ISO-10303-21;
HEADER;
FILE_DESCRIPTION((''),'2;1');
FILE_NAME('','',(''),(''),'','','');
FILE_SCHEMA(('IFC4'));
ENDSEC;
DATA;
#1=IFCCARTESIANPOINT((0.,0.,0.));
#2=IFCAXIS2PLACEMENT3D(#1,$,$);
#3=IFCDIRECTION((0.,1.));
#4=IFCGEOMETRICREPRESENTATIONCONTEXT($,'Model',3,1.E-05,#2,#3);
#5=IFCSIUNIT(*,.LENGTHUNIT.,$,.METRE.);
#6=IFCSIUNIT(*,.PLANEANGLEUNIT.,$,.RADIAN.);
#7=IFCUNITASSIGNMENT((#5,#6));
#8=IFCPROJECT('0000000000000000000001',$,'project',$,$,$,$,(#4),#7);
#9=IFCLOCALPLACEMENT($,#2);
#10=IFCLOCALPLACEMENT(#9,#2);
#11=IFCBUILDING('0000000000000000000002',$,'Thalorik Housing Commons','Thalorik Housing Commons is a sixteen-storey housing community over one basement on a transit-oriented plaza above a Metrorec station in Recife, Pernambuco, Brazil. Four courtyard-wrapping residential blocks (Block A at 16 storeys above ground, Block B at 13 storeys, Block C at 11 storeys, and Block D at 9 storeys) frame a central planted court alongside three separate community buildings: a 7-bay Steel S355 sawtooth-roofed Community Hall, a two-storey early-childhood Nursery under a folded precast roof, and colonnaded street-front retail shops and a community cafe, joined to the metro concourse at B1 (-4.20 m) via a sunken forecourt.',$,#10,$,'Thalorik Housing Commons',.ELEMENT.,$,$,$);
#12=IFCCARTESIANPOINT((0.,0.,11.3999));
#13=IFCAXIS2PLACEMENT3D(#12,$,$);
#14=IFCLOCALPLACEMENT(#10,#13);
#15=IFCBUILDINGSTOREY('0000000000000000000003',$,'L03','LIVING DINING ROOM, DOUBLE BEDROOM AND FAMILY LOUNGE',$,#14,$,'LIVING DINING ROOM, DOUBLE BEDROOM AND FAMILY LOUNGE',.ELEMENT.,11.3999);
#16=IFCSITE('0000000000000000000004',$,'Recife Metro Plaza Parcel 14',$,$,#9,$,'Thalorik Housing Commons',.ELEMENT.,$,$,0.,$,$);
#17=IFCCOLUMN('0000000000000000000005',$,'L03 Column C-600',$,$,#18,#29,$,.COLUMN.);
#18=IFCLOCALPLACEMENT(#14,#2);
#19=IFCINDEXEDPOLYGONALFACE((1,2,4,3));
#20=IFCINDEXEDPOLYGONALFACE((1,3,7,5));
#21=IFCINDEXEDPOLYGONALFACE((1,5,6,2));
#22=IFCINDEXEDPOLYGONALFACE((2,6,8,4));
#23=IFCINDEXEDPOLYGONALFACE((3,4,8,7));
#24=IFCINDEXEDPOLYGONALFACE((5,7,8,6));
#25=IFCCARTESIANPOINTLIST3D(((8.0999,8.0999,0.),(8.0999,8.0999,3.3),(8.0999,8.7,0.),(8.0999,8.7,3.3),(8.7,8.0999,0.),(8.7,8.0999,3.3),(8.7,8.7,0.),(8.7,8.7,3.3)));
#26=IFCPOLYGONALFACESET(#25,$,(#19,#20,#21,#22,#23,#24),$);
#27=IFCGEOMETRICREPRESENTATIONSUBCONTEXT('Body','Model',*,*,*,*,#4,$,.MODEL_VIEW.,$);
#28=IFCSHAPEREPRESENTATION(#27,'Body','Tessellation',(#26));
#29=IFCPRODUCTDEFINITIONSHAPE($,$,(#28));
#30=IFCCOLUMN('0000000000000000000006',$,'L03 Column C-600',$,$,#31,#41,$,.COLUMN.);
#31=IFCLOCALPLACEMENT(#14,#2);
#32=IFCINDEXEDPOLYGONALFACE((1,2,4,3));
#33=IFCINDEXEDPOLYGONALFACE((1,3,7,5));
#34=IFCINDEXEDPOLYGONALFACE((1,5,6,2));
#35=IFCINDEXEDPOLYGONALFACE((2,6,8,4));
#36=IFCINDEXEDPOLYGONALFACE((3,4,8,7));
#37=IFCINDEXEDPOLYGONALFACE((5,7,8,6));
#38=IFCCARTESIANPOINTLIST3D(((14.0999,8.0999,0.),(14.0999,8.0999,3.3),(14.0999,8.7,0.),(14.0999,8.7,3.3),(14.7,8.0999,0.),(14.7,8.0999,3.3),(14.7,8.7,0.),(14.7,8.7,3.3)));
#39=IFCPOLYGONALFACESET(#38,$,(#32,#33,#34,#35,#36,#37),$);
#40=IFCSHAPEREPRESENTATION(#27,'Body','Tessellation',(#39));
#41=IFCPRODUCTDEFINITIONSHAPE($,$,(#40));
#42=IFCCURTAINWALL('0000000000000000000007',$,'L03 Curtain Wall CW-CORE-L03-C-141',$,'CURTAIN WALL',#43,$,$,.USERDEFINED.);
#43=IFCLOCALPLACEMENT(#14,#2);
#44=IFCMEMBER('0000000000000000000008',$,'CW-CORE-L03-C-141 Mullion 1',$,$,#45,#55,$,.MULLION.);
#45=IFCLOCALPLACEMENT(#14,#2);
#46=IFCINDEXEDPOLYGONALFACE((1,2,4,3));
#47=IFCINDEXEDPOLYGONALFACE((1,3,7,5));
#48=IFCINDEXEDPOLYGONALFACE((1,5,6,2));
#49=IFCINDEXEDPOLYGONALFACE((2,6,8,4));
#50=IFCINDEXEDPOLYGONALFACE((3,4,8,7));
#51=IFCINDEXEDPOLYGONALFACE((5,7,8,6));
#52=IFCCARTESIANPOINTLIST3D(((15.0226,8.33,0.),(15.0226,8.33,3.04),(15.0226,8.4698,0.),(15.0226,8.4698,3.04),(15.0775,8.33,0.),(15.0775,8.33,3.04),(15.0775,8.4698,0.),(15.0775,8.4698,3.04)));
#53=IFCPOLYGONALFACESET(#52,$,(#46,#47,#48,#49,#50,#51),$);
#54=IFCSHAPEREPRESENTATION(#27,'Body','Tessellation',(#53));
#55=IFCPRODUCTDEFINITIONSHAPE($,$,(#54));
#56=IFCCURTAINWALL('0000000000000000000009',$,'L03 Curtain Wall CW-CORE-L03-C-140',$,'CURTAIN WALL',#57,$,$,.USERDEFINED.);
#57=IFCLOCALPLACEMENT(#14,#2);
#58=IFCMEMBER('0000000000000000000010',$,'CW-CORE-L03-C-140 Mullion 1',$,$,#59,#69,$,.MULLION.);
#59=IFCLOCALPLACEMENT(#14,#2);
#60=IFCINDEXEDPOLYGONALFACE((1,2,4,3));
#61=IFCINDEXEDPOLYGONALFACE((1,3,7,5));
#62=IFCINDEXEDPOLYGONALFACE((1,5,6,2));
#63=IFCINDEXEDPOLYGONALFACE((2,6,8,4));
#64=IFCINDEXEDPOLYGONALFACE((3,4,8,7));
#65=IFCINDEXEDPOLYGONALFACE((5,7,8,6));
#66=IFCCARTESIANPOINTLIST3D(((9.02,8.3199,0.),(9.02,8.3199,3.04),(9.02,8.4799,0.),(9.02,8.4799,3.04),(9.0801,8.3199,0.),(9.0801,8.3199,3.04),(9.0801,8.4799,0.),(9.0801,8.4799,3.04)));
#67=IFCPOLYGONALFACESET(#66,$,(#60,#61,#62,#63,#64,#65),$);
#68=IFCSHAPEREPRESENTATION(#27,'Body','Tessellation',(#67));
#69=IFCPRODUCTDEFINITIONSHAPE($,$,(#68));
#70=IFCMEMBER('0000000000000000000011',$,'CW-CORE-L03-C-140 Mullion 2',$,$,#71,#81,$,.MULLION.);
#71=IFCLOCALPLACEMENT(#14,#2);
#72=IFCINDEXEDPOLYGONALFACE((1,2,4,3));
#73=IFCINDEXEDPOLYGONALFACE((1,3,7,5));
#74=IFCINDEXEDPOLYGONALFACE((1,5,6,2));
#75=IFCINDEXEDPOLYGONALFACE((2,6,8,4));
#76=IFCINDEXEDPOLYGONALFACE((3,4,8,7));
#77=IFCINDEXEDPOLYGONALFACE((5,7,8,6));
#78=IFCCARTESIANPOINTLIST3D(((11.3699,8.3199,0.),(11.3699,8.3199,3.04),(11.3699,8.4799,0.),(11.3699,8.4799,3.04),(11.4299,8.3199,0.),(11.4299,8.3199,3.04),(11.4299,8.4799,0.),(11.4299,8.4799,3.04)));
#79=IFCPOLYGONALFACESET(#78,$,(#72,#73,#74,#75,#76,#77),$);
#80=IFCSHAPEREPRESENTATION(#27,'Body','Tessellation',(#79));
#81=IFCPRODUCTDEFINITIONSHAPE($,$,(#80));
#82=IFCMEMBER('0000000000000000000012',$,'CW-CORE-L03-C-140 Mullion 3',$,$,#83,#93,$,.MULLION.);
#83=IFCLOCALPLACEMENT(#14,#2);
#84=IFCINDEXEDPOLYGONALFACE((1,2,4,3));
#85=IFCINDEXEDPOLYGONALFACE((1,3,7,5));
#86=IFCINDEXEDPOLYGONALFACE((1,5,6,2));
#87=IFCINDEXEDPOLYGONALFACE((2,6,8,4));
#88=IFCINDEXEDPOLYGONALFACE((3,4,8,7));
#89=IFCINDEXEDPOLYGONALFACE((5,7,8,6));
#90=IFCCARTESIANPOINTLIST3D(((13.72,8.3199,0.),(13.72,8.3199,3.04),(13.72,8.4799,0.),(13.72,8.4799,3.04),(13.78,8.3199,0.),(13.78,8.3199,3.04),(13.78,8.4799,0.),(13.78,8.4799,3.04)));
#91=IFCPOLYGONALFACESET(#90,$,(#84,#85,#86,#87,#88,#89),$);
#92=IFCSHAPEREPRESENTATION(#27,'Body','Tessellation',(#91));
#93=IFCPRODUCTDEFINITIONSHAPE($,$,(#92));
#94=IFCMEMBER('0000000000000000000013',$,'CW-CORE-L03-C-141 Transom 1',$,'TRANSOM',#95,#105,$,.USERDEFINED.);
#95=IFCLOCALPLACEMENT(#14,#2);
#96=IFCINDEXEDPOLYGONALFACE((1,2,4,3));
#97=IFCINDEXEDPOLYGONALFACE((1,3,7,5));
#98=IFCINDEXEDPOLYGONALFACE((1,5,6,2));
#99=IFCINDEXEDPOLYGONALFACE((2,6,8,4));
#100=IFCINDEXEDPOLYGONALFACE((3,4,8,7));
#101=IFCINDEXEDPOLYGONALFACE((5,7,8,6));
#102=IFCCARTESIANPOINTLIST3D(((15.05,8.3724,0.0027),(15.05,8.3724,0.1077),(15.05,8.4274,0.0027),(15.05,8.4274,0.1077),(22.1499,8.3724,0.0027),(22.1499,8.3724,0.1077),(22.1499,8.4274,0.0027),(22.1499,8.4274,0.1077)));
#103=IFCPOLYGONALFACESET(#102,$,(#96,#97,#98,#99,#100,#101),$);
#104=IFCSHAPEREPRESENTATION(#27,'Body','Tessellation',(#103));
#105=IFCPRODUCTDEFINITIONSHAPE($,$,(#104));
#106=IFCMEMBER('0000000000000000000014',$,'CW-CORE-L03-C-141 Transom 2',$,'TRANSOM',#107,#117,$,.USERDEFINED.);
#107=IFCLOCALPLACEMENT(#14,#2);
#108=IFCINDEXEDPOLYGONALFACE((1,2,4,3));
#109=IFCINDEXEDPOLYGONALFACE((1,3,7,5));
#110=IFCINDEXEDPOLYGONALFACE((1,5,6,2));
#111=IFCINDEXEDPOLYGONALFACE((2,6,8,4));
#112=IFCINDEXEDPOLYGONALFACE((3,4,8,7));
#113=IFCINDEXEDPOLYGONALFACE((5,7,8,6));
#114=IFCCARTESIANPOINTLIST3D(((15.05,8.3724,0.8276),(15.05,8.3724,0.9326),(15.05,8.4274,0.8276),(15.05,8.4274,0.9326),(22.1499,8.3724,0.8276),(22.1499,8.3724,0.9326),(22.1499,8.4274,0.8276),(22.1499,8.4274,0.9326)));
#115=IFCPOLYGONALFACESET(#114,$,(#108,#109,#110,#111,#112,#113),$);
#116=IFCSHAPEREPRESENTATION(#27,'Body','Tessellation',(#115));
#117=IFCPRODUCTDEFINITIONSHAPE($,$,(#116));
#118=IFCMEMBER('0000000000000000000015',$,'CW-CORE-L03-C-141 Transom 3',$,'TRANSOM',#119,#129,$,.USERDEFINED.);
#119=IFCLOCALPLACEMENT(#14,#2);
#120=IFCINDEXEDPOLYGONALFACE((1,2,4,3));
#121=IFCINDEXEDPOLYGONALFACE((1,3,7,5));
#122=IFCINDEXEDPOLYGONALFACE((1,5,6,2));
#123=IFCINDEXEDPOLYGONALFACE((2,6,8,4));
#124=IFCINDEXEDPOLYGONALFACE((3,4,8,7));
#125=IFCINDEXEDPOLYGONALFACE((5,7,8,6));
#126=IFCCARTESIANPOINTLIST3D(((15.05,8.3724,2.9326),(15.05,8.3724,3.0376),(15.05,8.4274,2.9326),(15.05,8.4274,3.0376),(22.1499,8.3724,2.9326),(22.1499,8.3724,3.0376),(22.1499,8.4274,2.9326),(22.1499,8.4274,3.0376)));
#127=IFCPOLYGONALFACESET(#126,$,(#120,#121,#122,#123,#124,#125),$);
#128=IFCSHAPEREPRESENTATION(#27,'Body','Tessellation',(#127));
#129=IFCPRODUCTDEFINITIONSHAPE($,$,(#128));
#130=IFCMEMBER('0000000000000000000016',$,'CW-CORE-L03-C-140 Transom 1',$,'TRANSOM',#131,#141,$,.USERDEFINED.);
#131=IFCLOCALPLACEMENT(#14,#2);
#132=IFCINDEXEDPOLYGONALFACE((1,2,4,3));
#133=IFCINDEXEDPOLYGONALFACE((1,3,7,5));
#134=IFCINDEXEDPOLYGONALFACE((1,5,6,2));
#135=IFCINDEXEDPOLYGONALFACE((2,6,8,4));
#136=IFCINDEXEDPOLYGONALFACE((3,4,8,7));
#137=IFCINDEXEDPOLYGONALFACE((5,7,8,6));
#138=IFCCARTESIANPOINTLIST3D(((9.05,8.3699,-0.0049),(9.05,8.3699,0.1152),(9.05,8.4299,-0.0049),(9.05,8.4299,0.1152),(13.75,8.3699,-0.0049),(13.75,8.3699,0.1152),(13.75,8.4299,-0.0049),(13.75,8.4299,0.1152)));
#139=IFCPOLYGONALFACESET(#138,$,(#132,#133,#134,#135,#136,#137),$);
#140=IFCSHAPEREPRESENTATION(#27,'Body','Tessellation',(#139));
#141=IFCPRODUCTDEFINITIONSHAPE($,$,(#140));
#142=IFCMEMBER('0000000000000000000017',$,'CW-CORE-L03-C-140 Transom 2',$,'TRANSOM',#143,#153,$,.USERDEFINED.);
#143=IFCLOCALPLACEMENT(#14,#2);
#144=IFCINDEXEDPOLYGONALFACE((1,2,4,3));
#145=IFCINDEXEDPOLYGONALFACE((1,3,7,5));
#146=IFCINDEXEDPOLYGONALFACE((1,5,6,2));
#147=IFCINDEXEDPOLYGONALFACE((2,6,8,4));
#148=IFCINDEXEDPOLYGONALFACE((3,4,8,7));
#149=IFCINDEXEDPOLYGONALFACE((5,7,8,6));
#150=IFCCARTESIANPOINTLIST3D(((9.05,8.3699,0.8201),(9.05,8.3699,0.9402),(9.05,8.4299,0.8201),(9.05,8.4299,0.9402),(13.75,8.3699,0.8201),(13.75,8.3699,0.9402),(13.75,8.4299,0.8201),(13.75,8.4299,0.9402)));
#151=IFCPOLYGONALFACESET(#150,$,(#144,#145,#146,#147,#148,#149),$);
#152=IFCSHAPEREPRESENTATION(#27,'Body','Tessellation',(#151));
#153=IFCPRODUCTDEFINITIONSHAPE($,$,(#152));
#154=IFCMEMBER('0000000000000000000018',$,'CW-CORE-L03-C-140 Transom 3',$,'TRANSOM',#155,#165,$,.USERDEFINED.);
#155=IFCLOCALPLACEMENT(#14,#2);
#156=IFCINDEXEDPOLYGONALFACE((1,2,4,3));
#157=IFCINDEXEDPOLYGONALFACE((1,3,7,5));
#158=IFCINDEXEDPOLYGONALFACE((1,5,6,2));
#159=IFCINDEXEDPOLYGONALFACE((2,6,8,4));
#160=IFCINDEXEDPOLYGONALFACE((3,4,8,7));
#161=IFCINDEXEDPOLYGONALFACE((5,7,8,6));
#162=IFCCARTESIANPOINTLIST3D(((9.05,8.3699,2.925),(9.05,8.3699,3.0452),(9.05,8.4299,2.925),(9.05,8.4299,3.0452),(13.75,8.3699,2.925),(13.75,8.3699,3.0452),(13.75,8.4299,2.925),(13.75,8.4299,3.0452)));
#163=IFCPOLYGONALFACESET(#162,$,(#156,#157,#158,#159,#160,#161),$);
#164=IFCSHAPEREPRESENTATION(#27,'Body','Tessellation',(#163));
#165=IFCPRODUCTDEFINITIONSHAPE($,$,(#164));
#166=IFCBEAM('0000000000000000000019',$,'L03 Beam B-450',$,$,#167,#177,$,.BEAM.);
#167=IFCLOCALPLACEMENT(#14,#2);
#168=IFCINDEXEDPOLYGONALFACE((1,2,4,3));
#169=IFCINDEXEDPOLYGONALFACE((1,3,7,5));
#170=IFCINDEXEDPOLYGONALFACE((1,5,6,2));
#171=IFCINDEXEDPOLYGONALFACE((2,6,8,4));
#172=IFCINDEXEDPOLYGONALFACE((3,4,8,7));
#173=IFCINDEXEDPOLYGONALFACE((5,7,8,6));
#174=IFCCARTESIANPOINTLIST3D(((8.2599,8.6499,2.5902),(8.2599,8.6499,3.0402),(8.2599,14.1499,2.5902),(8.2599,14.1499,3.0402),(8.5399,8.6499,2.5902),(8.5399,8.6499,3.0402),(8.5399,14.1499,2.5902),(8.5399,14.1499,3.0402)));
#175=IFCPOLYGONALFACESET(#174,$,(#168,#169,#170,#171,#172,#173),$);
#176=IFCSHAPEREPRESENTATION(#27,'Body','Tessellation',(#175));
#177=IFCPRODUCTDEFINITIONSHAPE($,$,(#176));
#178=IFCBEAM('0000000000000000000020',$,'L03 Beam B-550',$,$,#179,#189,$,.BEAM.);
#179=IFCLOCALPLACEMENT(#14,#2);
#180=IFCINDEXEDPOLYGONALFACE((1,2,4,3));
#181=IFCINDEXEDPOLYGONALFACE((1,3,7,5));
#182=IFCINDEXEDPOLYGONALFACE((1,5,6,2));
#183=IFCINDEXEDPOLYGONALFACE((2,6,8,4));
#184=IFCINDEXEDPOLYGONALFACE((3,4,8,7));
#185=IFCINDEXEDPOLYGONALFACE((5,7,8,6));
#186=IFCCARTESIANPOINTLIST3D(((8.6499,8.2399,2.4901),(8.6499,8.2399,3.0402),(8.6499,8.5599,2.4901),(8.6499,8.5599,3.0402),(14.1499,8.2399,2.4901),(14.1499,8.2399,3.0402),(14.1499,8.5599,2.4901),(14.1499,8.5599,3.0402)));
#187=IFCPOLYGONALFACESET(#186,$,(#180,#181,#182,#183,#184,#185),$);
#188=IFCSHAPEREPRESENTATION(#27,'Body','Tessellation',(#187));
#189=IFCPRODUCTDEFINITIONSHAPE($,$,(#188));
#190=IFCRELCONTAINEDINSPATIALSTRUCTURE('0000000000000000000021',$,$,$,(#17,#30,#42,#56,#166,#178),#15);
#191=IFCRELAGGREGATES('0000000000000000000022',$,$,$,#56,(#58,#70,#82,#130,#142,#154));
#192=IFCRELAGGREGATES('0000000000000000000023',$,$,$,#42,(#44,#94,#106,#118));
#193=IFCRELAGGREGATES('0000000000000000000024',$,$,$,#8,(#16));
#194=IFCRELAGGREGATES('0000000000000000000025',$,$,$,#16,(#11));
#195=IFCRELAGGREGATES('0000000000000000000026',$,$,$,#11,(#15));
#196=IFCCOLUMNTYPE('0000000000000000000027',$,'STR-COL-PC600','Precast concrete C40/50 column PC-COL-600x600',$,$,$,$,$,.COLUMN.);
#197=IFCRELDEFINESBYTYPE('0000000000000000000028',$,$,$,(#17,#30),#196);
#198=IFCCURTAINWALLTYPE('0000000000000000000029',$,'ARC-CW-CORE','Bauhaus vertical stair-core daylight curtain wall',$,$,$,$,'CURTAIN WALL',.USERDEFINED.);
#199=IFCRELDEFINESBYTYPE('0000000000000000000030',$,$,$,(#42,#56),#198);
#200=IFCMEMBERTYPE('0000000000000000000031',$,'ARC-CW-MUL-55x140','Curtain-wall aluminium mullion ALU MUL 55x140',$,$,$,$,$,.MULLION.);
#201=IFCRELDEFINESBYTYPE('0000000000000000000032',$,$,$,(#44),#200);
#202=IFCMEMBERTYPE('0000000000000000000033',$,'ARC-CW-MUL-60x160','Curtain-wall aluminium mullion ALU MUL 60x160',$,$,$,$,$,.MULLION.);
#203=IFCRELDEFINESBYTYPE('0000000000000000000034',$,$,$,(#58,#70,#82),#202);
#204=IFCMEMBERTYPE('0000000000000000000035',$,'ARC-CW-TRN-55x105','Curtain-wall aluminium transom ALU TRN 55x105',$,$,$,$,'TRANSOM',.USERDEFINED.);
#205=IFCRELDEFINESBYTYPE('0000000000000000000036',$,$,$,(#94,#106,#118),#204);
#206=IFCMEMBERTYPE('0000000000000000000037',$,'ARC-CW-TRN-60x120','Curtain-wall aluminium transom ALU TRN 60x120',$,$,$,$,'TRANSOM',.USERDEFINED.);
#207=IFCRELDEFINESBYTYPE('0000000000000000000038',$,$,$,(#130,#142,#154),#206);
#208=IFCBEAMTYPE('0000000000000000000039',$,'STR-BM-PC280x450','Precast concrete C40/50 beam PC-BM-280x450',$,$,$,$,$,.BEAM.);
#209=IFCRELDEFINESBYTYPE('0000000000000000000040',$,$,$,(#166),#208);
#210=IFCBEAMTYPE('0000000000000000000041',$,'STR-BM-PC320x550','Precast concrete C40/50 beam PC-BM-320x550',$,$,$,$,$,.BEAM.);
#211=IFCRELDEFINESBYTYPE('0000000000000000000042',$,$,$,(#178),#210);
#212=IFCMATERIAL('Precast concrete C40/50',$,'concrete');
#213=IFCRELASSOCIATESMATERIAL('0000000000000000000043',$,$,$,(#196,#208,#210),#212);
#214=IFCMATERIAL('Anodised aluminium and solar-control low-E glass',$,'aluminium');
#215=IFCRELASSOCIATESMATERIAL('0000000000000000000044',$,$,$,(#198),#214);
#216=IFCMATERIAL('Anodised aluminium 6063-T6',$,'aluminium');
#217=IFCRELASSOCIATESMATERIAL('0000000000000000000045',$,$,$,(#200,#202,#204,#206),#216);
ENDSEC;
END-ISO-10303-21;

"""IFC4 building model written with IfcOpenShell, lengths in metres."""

from ifc_helpers import new_model, si_unit, direction, frame, origin, origin_2d, place, context, subcontext, project, spatial, rectangle, extrude, material, material_profile, profile_set, type_object, element, aggregate, save


model = new_model("IFC4")

# Units and contexts
model_context = context("Model", 3, precision=1e-05, world=origin(), true_north=direction((0.0, 1.0)))
body_context = subcontext(model_context, "Body", "Model", "MODEL_VIEW")
ifc_project = project(units=[si_unit("LENGTHUNIT", "METRE"), si_unit("PLANEANGLEUNIT", "RADIAN")], contexts=[model_context])

# Site, building, storey
site_placement = place(None, origin())
site = spatial("IfcSite", under=ifc_project, at=site_placement, Name="Recife Metro Plaza Parcel 14", LongName="Thalorik Housing Commons", CompositionType="ELEMENT", RefElevation=0.0)
building_placement = place(site_placement, origin())
building = spatial("IfcBuilding", under=site, at=building_placement, Name="Thalorik Housing Commons", Description="Thalorik Housing Commons is a sixteen-storey housing community over one basement on a transit-oriented plaza above a Metrorec station in Recife, Pernambuco, Brazil. Four courtyard-wrapping residential blocks (Block A at 16 storeys above ground, Block B at 13 storeys, Block C at 11 storeys, and Block D at 9 storeys) frame a central planted court alongside three separate community buildings: a 7-bay Steel S355 sawtooth-roofed Community Hall, a two-storey early-childhood Nursery under a folded precast roof, and colonnaded street-front retail shops and a community cafe, joined to the metro concourse at B1 (-4.20 m) via a sunken forecourt.", LongName="Thalorik Housing Commons", CompositionType="ELEMENT")
storey_placement = place(building_placement, frame((0.0, 0.0, 11.3999)))
storey = spatial("IfcBuildingStorey", under=building, at=storey_placement, Name="L03", Description="LIVING DINING ROOM, DOUBLE BEDROOM AND FAMILY LOUNGE", LongName="LIVING DINING ROOM, DOUBLE BEDROOM AND FAMILY LOUNGE", CompositionType="ELEMENT", Elevation=11.3999)

# Columns
ifc_material_1 = material(Name="Precast concrete C40/50", Category="concrete")
ifc_material_profile_1 = material_profile(ifc_material_1, rectangle(XDim=0.6001, YDim=0.6001, at=origin_2d()), Name="PC 600x600", Category="concrete")
ifc_profile_set_1 = profile_set([ifc_material_profile_1], Name="Precast concrete C40/50")
column_type = type_object("IfcColumnType", Name="STR-COL-PC600", Description="Precast concrete C40/50 column PC-COL-600x600", PredefinedType="COLUMN", material=ifc_profile_set_1)
for number, where, z_axis, x_axis, name in (
    (1, (8.3999, 8.3999, 0.0), (0.0, 0.0, 1.0), (1.0, 0.0, 0.0), "L03 Column C-600"),
    (2, (14.3999, 8.3999, 0.0), (0.0, 0.0, 1.0), (1.0, 0.0, 0.0), "L03 Column C-600"),
):
    element("IfcColumn", number, at=place(storey_placement, frame(where, z_axis=z_axis, x_axis=x_axis)), inside=storey, type_object=column_type, Name=name, PredefinedType="COLUMN", context=body_context, shape_type="SweptSolid", body=[
        extrude(rectangle(XDim=0.6001, YDim=0.6001, at=origin_2d()), origin(), (0.0, 0.0, 1.0), 3.3),
    ])

# Curtain wall, member
ifc_material_2 = material(Name="Anodised aluminium and solar-control low-E glass", Category="aluminium")
curtain_wall_type = type_object("IfcCurtainWallType", Name="ARC-CW-CORE", Description="Bauhaus vertical stair-core daylight curtain wall", ElementType="CURTAIN WALL", PredefinedType="USERDEFINED", material=ifc_material_2)
curtain_wall_1_placement = place(storey_placement, origin())
curtain_wall_1 = element("IfcCurtainWall", 3, at=curtain_wall_1_placement, inside=storey, type_object=curtain_wall_type, Name="L03 Curtain Wall CW-CORE-L03-C-141", ObjectType="CURTAIN WALL", PredefinedType="USERDEFINED")
ifc_material_3 = material(Name="Anodised aluminium 6063-T6", Category="aluminium")
ifc_material_profile_2 = material_profile(ifc_material_3, rectangle(XDim=0.0549, YDim=0.1399, at=origin_2d()), Name="ALU MUL 55x140", Category="aluminium")
ifc_profile_set_2 = profile_set([ifc_material_profile_2], Name="Anodised aluminium 6063-T6")
member_type_1 = type_object("IfcMemberType", Name="ARC-CW-MUL-55x140", Description="Curtain-wall aluminium mullion ALU MUL 55x140", PredefinedType="MULLION", material=ifc_profile_set_2)
member_1_placement = place(storey_placement, frame((15.05, 8.3999, 0.0), z_axis=(0.0, 0.0, 1.0), x_axis=(1.0, 0.0, 0.0)))
member_1 = element("IfcMember", 4, at=member_1_placement, type_object=member_type_1, Name="CW-CORE-L03-C-141 Mullion 1", PredefinedType="MULLION", context=body_context, shape_type="SweptSolid", body=[
    extrude(rectangle(XDim=0.0549, YDim=0.1399, at=origin_2d()), origin(), (0.0, 0.0, 1.0), 3.04),
])

# Curtain wall, members
curtain_wall_2_placement = place(storey_placement, origin())
curtain_wall_2 = element("IfcCurtainWall", 5, at=curtain_wall_2_placement, inside=storey, type_object=curtain_wall_type, Name="L03 Curtain Wall CW-CORE-L03-C-140", ObjectType="CURTAIN WALL", PredefinedType="USERDEFINED")
ifc_material_profile_3 = material_profile(ifc_material_3, rectangle(XDim=0.0601, YDim=0.1599, at=origin_2d()), Name="ALU MUL 60x160", Category="aluminium")
ifc_profile_set_3 = profile_set([ifc_material_profile_3], Name="Anodised aluminium 6063-T6")
member_type_2 = type_object("IfcMemberType", Name="ARC-CW-MUL-60x160", Description="Curtain-wall aluminium mullion ALU MUL 60x160", PredefinedType="MULLION", material=ifc_profile_set_3)
member_2_placement = place(storey_placement, frame((9.05, 8.3999, 0.0), z_axis=(0.0, 0.0, 1.0), x_axis=(1.0, 0.0, 0.0)))
member_2 = element("IfcMember", 6, at=member_2_placement, type_object=member_type_2, Name="CW-CORE-L03-C-140 Mullion 1", PredefinedType="MULLION", context=body_context, shape_type="SweptSolid", body=[
    extrude(rectangle(XDim=0.0601, YDim=0.1599, at=origin_2d()), origin(), (0.0, 0.0, 1.0), 3.04),
])
member_3_placement = place(storey_placement, frame((11.3999, 8.3999, 0.0), z_axis=(0.0, 0.0, 1.0), x_axis=(1.0, 0.0, 0.0)))
member_3 = element("IfcMember", 7, at=member_3_placement, type_object=member_type_2, Name="CW-CORE-L03-C-140 Mullion 2", PredefinedType="MULLION", context=body_context, shape_type="SweptSolid", body=[
    extrude(rectangle(XDim=0.0601, YDim=0.1599, at=origin_2d()), origin(), (0.0, 0.0, 1.0), 3.04),
])
member_4_placement = place(storey_placement, frame((13.75, 8.3999, 0.0), z_axis=(0.0, 0.0, 1.0), x_axis=(1.0, 0.0, 0.0)))
member_4 = element("IfcMember", 8, at=member_4_placement, type_object=member_type_2, Name="CW-CORE-L03-C-140 Mullion 3", PredefinedType="MULLION", context=body_context, shape_type="SweptSolid", body=[
    extrude(rectangle(XDim=0.0601, YDim=0.1599, at=origin_2d()), origin(), (0.0, 0.0, 1.0), 3.04),
])

# Members
ifc_material_profile_4 = material_profile(ifc_material_3, rectangle(XDim=0.0549, YDim=0.105, at=origin_2d()), Name="ALU TRN 55x105", Category="aluminium")
ifc_profile_set_4 = profile_set([ifc_material_profile_4], Name="Anodised aluminium 6063-T6")
member_type_3 = type_object("IfcMemberType", Name="ARC-CW-TRN-55x105", Description="Curtain-wall aluminium transom ALU TRN 55x105", ElementType="TRANSOM", PredefinedType="USERDEFINED", material=ifc_profile_set_4)
member_5_placement = place(storey_placement, frame((15.05, 8.3999, 0.0552), z_axis=(1.0, 0.0, 0.0), x_axis=(0.0, 1.0, 0.0)))
member_5 = element("IfcMember", 9, at=member_5_placement, type_object=member_type_3, Name="CW-CORE-L03-C-141 Transom 1", ObjectType="TRANSOM", PredefinedType="USERDEFINED", context=body_context, shape_type="SweptSolid", body=[
    extrude(rectangle(XDim=0.0549, YDim=0.105, at=origin_2d()), origin(), (0.0, 0.0, 1.0), 7.0999),
])
member_6_placement = place(storey_placement, frame((15.05, 8.3999, 0.8801), z_axis=(1.0, 0.0, 0.0), x_axis=(0.0, 1.0, 0.0)))
member_6 = element("IfcMember", 10, at=member_6_placement, type_object=member_type_3, Name="CW-CORE-L03-C-141 Transom 2", ObjectType="TRANSOM", PredefinedType="USERDEFINED", context=body_context, shape_type="SweptSolid", body=[
    extrude(rectangle(XDim=0.0549, YDim=0.105, at=origin_2d()), origin(), (0.0, 0.0, 1.0), 7.0999),
])
member_7_placement = place(storey_placement, frame((15.05, 8.3999, 2.9851), z_axis=(1.0, 0.0, 0.0), x_axis=(0.0, 1.0, 0.0)))
member_7 = element("IfcMember", 11, at=member_7_placement, type_object=member_type_3, Name="CW-CORE-L03-C-141 Transom 3", ObjectType="TRANSOM", PredefinedType="USERDEFINED", context=body_context, shape_type="SweptSolid", body=[
    extrude(rectangle(XDim=0.0549, YDim=0.105, at=origin_2d()), origin(), (0.0, 0.0, 1.0), 7.0999),
])
ifc_material_profile_5 = material_profile(ifc_material_3, rectangle(XDim=0.0601, YDim=0.1201, at=origin_2d()), Name="ALU TRN 60x120", Category="aluminium")
ifc_profile_set_5 = profile_set([ifc_material_profile_5], Name="Anodised aluminium 6063-T6")
member_type_4 = type_object("IfcMemberType", Name="ARC-CW-TRN-60x120", Description="Curtain-wall aluminium transom ALU TRN 60x120", ElementType="TRANSOM", PredefinedType="USERDEFINED", material=ifc_profile_set_5)
member_8_placement = place(storey_placement, frame((9.05, 8.3999, 0.0552), z_axis=(1.0, 0.0, 0.0), x_axis=(0.0, 1.0, 0.0)))
member_8 = element("IfcMember", 12, at=member_8_placement, type_object=member_type_4, Name="CW-CORE-L03-C-140 Transom 1", ObjectType="TRANSOM", PredefinedType="USERDEFINED", context=body_context, shape_type="SweptSolid", body=[
    extrude(rectangle(XDim=0.0601, YDim=0.1201, at=origin_2d()), origin(), (0.0, 0.0, 1.0), 4.7),
])
member_9_placement = place(storey_placement, frame((9.05, 8.3999, 0.8801), z_axis=(1.0, 0.0, 0.0), x_axis=(0.0, 1.0, 0.0)))
member_9 = element("IfcMember", 13, at=member_9_placement, type_object=member_type_4, Name="CW-CORE-L03-C-140 Transom 2", ObjectType="TRANSOM", PredefinedType="USERDEFINED", context=body_context, shape_type="SweptSolid", body=[
    extrude(rectangle(XDim=0.0601, YDim=0.1201, at=origin_2d()), origin(), (0.0, 0.0, 1.0), 4.7),
])
member_10_placement = place(storey_placement, frame((9.05, 8.3999, 2.9851), z_axis=(1.0, 0.0, 0.0), x_axis=(0.0, 1.0, 0.0)))
member_10 = element("IfcMember", 14, at=member_10_placement, type_object=member_type_4, Name="CW-CORE-L03-C-140 Transom 3", ObjectType="TRANSOM", PredefinedType="USERDEFINED", context=body_context, shape_type="SweptSolid", body=[
    extrude(rectangle(XDim=0.0601, YDim=0.1201, at=origin_2d()), origin(), (0.0, 0.0, 1.0), 4.7),
])

# Beams
ifc_material_profile_6 = material_profile(ifc_material_1, rectangle(XDim=0.28, YDim=0.45, at=origin_2d()), Name="PC 280x450", Category="concrete")
ifc_profile_set_6 = profile_set([ifc_material_profile_6], Name="Precast concrete C40/50")
beam_type_1 = type_object("IfcBeamType", Name="STR-BM-PC280x450", Description="Precast concrete C40/50 beam PC-BM-280x450", PredefinedType="BEAM", material=ifc_profile_set_6)
beam_1_placement = place(storey_placement, frame((8.3999, 8.6499, 2.8152), z_axis=(0.0, 1.0, 0.0), x_axis=(-1.0, 0.0, 0.0)))
element("IfcBeam", 15, at=beam_1_placement, inside=storey, type_object=beam_type_1, Name="L03 Beam B-450", PredefinedType="BEAM", context=body_context, shape_type="SweptSolid", body=[
    extrude(rectangle(XDim=0.28, YDim=0.45, at=origin_2d()), origin(), (0.0, 0.0, 1.0), 5.5),
])
ifc_material_profile_7 = material_profile(ifc_material_1, rectangle(XDim=0.3201, YDim=0.55, at=origin_2d()), Name="PC 320x550", Category="concrete")
ifc_profile_set_7 = profile_set([ifc_material_profile_7], Name="Precast concrete C40/50")
beam_type_2 = type_object("IfcBeamType", Name="STR-BM-PC320x550", Description="Precast concrete C40/50 beam PC-BM-320x550", PredefinedType="BEAM", material=ifc_profile_set_7)
beam_2_placement = place(storey_placement, frame((8.6499, 8.3999, 2.7651), z_axis=(1.0, 0.0, 0.0), x_axis=(0.0, 1.0, 0.0)))
element("IfcBeam", 16, at=beam_2_placement, inside=storey, type_object=beam_type_2, Name="L03 Beam B-550", PredefinedType="BEAM", context=body_context, shape_type="SweptSolid", body=[
    extrude(rectangle(XDim=0.3201, YDim=0.55, at=origin_2d()), origin(), (0.0, 0.0, 1.0), 5.5),
])

aggregate(curtain_wall_2, [member_2, member_3, member_4, member_8, member_9, member_10])
aggregate(curtain_wall_1, [member_1, member_5, member_6, member_7])

save(model, "model.ifc")
